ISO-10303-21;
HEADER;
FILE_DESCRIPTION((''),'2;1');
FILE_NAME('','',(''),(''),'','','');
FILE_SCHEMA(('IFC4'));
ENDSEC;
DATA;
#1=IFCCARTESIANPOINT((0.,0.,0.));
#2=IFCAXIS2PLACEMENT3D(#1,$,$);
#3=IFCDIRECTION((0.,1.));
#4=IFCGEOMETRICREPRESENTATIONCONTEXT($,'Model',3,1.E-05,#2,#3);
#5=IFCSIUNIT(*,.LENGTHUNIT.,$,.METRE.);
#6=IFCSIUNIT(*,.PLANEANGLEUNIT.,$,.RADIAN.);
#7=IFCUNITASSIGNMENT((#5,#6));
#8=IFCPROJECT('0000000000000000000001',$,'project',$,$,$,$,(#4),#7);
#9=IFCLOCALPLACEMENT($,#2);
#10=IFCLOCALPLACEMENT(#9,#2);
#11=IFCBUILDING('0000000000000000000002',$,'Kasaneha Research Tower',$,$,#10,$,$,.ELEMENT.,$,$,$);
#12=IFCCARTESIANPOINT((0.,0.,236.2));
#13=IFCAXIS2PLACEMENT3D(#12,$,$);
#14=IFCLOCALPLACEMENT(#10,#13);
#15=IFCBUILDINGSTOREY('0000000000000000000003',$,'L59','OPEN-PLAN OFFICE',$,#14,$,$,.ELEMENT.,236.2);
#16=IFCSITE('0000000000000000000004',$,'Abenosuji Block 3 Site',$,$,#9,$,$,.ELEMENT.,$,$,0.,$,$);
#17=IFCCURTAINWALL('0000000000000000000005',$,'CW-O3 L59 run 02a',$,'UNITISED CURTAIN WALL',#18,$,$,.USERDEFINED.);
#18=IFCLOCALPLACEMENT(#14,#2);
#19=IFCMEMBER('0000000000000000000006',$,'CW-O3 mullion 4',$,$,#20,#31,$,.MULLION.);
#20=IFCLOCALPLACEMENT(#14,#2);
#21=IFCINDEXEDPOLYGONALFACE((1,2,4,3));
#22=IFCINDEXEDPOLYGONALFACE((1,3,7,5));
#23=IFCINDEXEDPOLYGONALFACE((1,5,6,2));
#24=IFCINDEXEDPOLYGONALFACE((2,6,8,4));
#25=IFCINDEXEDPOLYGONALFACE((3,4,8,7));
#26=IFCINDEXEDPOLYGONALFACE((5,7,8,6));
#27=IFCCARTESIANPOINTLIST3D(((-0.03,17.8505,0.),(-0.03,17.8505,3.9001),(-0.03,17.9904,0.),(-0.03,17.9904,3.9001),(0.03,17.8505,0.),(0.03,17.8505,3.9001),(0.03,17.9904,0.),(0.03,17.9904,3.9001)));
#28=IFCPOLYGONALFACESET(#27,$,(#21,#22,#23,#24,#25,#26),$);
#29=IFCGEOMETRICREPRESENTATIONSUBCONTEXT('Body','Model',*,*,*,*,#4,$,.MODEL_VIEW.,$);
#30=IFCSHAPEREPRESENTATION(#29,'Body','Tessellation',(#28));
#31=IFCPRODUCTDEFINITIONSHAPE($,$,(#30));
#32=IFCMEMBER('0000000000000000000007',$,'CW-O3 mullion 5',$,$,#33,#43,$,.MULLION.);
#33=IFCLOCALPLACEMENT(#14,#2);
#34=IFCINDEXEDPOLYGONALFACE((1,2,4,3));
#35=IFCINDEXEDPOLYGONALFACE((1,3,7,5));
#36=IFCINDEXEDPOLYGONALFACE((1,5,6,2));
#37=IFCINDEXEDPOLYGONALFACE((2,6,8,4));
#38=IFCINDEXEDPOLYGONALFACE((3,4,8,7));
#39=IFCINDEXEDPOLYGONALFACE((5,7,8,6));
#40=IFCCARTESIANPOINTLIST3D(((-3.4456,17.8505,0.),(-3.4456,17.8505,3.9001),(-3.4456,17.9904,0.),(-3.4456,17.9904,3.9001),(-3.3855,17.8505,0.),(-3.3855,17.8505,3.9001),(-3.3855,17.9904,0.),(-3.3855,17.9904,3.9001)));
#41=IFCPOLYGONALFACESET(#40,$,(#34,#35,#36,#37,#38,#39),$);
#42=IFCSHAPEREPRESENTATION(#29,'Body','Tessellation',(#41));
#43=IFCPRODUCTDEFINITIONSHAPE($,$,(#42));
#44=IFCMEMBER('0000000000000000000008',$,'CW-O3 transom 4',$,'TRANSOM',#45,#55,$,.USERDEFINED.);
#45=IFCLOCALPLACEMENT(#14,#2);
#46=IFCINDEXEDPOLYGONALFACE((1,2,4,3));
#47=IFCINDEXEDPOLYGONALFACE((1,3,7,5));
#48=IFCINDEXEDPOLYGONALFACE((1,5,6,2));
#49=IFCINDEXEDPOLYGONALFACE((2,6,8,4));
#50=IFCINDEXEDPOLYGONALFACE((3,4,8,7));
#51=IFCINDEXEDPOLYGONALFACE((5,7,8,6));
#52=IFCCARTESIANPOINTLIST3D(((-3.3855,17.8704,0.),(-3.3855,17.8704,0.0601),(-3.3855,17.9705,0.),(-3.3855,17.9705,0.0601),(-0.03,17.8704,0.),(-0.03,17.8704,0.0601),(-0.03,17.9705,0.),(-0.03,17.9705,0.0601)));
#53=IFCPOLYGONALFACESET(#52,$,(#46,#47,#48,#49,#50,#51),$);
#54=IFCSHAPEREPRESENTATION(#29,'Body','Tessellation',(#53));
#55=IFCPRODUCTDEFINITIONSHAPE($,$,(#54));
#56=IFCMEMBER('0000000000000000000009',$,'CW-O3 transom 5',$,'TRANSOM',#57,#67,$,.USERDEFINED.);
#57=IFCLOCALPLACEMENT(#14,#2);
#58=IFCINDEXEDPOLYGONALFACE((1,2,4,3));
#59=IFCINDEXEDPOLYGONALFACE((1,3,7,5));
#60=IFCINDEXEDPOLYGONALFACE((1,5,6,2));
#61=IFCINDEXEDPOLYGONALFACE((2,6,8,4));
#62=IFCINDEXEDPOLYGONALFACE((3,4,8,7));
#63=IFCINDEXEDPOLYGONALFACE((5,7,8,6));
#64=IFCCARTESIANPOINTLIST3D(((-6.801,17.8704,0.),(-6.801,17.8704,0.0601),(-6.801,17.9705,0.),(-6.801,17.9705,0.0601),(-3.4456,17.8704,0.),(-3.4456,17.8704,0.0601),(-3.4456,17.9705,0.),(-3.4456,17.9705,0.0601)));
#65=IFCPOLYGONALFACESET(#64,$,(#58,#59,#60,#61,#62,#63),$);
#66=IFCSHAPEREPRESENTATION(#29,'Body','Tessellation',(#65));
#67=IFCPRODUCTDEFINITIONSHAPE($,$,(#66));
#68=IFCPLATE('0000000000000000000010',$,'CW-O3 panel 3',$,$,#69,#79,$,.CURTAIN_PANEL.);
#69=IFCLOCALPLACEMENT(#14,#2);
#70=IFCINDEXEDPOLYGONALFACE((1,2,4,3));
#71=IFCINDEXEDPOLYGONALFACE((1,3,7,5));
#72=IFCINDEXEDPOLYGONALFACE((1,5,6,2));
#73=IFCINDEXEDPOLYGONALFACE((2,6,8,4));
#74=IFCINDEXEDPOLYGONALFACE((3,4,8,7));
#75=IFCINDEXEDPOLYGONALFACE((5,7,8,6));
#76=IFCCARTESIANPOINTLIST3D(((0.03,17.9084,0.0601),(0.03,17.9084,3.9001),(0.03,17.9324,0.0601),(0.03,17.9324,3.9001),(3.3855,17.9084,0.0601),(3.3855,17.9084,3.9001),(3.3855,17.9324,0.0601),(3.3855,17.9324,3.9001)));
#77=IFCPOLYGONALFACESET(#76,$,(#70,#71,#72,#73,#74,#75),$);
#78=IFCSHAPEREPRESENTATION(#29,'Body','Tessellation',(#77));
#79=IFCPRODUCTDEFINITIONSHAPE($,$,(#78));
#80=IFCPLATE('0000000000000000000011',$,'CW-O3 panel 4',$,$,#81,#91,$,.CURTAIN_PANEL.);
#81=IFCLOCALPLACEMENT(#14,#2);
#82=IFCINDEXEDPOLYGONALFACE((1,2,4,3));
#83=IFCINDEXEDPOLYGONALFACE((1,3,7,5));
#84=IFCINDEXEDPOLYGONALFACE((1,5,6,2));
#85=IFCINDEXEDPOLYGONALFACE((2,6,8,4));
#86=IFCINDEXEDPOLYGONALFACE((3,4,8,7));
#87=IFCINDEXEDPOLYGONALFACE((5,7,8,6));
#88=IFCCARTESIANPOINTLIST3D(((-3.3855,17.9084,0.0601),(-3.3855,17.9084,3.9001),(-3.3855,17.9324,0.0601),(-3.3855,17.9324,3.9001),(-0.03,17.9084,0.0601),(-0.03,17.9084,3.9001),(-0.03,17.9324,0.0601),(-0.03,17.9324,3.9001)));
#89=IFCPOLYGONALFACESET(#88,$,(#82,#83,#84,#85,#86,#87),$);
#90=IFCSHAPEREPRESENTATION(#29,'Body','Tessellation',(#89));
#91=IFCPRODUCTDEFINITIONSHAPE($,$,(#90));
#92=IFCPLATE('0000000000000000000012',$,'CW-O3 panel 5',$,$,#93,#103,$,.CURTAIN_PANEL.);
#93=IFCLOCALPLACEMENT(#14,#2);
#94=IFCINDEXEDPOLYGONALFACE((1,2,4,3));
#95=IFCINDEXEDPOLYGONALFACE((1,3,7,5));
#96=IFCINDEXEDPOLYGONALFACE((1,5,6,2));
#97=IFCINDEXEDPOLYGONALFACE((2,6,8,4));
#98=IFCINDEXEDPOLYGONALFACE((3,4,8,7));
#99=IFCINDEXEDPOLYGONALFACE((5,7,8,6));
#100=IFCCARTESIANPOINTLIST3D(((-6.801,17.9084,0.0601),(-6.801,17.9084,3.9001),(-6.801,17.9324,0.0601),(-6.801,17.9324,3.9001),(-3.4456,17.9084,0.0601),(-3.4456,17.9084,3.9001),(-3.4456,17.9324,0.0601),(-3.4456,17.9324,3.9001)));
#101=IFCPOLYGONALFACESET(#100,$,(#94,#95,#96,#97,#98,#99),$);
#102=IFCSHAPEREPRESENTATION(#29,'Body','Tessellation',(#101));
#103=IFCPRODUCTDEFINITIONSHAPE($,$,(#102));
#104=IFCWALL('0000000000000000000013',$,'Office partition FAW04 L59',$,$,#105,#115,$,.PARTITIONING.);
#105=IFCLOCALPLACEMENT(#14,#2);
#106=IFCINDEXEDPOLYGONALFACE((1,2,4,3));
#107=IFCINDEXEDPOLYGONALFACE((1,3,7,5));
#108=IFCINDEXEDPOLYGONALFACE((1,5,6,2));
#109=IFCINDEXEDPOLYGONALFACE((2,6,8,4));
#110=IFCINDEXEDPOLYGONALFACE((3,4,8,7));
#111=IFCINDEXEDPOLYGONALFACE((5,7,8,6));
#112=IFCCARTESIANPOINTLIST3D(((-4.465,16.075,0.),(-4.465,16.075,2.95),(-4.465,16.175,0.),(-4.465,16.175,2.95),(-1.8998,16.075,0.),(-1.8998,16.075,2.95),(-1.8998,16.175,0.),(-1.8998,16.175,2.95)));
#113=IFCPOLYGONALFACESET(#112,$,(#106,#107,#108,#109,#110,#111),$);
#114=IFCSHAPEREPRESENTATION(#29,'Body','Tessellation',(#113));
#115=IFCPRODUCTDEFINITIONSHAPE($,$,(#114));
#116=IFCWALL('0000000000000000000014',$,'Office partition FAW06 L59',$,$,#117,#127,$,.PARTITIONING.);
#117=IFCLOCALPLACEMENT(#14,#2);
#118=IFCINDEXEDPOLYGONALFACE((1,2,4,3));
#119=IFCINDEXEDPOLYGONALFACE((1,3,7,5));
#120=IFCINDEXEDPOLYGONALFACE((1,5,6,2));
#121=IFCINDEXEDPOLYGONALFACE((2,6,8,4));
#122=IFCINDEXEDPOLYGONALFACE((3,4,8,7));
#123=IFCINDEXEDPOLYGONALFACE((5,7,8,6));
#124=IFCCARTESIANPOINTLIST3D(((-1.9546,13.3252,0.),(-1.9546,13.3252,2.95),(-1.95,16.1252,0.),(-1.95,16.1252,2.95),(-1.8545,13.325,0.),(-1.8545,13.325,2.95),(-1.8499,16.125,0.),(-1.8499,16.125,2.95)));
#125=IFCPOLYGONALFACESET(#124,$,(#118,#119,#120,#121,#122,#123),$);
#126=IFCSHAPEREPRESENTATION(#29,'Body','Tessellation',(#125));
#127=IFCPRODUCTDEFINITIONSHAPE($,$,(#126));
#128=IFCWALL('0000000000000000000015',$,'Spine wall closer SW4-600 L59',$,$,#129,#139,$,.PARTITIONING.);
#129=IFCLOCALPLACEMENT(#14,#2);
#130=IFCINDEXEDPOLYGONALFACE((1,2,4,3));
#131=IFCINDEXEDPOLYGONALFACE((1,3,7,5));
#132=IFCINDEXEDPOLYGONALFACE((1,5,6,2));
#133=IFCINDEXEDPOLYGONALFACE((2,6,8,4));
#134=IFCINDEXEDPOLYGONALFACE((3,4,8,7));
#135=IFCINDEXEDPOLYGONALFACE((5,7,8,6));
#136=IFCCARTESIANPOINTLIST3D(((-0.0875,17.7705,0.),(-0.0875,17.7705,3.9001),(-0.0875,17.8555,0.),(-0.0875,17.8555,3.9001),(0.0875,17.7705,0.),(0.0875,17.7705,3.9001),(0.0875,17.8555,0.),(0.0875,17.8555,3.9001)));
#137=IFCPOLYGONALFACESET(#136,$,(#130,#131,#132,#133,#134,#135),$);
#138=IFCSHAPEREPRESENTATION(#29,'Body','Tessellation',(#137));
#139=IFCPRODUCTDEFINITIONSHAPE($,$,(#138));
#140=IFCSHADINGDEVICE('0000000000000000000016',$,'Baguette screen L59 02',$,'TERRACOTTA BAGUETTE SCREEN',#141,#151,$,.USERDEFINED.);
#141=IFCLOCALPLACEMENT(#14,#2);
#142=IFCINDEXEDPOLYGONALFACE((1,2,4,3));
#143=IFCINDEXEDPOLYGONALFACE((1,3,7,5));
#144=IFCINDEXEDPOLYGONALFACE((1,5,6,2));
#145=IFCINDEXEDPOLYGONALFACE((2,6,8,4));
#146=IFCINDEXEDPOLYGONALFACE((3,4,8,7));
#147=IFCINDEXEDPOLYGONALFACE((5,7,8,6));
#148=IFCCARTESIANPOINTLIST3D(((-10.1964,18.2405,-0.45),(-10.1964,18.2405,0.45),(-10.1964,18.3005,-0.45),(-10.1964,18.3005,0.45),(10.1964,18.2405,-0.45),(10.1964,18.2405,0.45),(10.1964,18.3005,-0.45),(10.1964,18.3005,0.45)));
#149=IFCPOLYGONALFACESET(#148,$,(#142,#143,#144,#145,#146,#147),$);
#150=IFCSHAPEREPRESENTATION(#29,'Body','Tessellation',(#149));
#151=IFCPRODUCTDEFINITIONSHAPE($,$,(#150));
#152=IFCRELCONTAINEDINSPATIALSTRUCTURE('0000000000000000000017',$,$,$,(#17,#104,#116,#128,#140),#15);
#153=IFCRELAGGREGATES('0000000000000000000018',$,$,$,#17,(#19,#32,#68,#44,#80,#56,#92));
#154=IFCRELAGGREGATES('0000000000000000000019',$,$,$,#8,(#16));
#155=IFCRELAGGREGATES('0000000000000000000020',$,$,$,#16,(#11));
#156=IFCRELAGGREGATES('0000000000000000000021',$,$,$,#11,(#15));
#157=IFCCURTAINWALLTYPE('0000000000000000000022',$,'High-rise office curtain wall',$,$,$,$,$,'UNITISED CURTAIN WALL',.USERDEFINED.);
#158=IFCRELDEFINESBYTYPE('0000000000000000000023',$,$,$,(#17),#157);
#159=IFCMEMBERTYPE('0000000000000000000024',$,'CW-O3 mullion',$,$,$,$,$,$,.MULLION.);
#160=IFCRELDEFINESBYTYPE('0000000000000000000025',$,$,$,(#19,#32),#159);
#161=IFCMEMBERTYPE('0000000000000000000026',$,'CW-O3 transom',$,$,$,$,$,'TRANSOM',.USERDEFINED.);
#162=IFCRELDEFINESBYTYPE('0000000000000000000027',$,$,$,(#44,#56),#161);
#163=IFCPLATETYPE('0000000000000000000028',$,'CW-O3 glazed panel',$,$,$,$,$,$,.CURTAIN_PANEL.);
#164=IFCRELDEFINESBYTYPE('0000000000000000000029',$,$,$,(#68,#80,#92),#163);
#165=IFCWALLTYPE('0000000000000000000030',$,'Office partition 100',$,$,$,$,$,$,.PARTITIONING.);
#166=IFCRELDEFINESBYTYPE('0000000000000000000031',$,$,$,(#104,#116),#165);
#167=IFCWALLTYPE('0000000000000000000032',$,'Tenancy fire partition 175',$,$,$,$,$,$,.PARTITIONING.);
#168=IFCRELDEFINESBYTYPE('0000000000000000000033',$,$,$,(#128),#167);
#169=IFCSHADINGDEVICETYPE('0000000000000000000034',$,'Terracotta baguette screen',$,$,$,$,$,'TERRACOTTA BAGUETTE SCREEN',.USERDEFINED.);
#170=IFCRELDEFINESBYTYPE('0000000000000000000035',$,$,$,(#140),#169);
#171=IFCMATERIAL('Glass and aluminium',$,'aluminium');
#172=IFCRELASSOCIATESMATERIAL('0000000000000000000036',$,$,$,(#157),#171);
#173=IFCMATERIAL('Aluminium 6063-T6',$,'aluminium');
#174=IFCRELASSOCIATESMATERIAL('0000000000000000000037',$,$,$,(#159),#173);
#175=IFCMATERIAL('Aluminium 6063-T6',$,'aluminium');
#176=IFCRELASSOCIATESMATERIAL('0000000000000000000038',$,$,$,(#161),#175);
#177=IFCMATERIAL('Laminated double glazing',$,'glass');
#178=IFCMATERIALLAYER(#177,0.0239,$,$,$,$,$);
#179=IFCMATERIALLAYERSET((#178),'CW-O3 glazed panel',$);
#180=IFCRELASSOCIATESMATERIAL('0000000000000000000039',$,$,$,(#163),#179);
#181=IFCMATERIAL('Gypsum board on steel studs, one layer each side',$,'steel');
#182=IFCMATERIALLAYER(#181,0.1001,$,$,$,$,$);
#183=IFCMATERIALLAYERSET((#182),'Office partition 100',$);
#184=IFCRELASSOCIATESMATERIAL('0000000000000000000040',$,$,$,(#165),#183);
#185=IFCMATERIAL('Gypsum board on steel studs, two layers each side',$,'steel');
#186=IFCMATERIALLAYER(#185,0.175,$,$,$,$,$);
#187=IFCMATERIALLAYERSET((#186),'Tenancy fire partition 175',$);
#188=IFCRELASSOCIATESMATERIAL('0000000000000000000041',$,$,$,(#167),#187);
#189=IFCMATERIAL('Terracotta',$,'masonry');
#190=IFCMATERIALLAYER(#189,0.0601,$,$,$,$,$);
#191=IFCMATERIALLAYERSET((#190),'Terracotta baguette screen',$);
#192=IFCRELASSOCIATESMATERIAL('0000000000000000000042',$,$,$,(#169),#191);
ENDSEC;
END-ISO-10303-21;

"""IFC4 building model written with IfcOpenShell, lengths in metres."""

from ifc_helpers import new_model, si_unit, direction, frame, frame_2d, origin, origin_2d, place, context, subcontext, project, spatial, rectangle, extrude, material, layer, layer_set, material_profile, profile_set, type_object, element, aggregate, save


model = new_model("IFC4")

# Units and contexts
model_context = context("Model", 3, precision=1e-05, world=origin(), true_north=direction((0.0, 1.0)))
body_context = subcontext(model_context, "Body", "Model", "MODEL_VIEW")
ifc_project = project(units=[si_unit("LENGTHUNIT", "METRE"), si_unit("PLANEANGLEUNIT", "RADIAN")], contexts=[model_context])

# Site, building, storey
site_placement = place(None, origin())
site = spatial("IfcSite", under=ifc_project, at=site_placement, Name="Abenosuji Block 3 Site", CompositionType="ELEMENT", RefElevation=0.0)
building_placement = place(site_placement, origin())
building = spatial("IfcBuilding", under=site, at=building_placement, Name="Kasaneha Research Tower", CompositionType="ELEMENT")
storey_placement = place(building_placement, frame((0.0, 0.0, 236.2)))
storey = spatial("IfcBuildingStorey", under=building, at=storey_placement, Name="L59", Description="OPEN-PLAN OFFICE", CompositionType="ELEMENT", Elevation=236.2)

# Curtain wall, members, plates
ifc_material_1 = material(Name="Glass and aluminium", Category="aluminium")
curtain_wall_type = type_object("IfcCurtainWallType", Name="High-rise office curtain wall", ElementType="UNITISED CURTAIN WALL", PredefinedType="USERDEFINED", material=ifc_material_1)
curtain_wall_placement = place(storey_placement, origin())
curtain_wall = element("IfcCurtainWall", 1, at=curtain_wall_placement, inside=storey, type_object=curtain_wall_type, Name="CW-O3 L59 run 02a", ObjectType="UNITISED CURTAIN WALL", PredefinedType="USERDEFINED")
ifc_material_2 = material(Name="Aluminium 6063-T6", Category="aluminium")
ifc_material_profile_1 = material_profile(ifc_material_2, rectangle(XDim=0.0601, YDim=0.1399, at=origin_2d()), Name="CW-O3 mullion 60x140")
ifc_profile_set_1 = profile_set([ifc_material_profile_1], Name="Aluminium 6063-T6")
member_type_1 = type_object("IfcMemberType", Name="CW-O3 mullion", PredefinedType="MULLION", material=ifc_profile_set_1)
member_1_placement = place(storey_placement, frame((0.0, 17.9204, 0.0), z_axis=(0.0, 0.0, 1.0), x_axis=(-1.0, 0.0, 0.0)))
member_1 = element("IfcMember", 2, at=member_1_placement, type_object=member_type_1, Name="CW-O3 mullion 4", PredefinedType="MULLION", context=body_context, shape_type="SweptSolid", body=[
    extrude(rectangle(XDim=0.0601, YDim=0.1399, at=origin_2d()), origin(), (0.0, 0.0, 1.0), 3.9001),
])
member_2_placement = place(storey_placement, frame((-3.4155, 17.9204, 0.0), z_axis=(0.0, 0.0, 1.0), x_axis=(-1.0, 0.0, 0.0)))
member_2 = element("IfcMember", 3, at=member_2_placement, type_object=member_type_1, Name="CW-O3 mullion 5", PredefinedType="MULLION", context=body_context, shape_type="SweptSolid", body=[
    extrude(rectangle(XDim=0.0601, YDim=0.1399, at=origin_2d()), origin(), (0.0, 0.0, 1.0), 3.9001),
])
ifc_material_3 = material(Name="Aluminium 6063-T6", Category="aluminium")
ifc_material_profile_2 = material_profile(ifc_material_3, rectangle(XDim=0.1001, YDim=0.0601, at=origin_2d()), Name="CW-O3 transom 100x60")
ifc_profile_set_2 = profile_set([ifc_material_profile_2], Name="Aluminium 6063-T6")
member_type_2 = type_object("IfcMemberType", Name="CW-O3 transom", ElementType="TRANSOM", PredefinedType="USERDEFINED", material=ifc_profile_set_2)
member_3_placement = place(storey_placement, frame((-0.03, 17.9204, 0.03), z_axis=(-1.0, 0.0, 0.0), x_axis=(0.0, -1.0, 0.0)))
member_3 = element("IfcMember", 4, at=member_3_placement, type_object=member_type_2, Name="CW-O3 transom 4", ObjectType="TRANSOM", PredefinedType="USERDEFINED", context=body_context, shape_type="SweptSolid", body=[
    extrude(rectangle(XDim=0.1001, YDim=0.0601, at=origin_2d()), origin(), (0.0, 0.0, 1.0), 3.3555),
])
member_4_placement = place(storey_placement, frame((-3.4456, 17.9204, 0.03), z_axis=(-1.0, 0.0, 0.0), x_axis=(0.0, -1.0, 0.0)))
member_4 = element("IfcMember", 5, at=member_4_placement, type_object=member_type_2, Name="CW-O3 transom 5", ObjectType="TRANSOM", PredefinedType="USERDEFINED", context=body_context, shape_type="SweptSolid", body=[
    extrude(rectangle(XDim=0.1001, YDim=0.0601, at=origin_2d()), origin(), (0.0, 0.0, 1.0), 3.3555),
])
ifc_material_4 = material(Name="Laminated double glazing", Category="glass")
ifc_layer_1 = layer(ifc_material_4, 0.0239)
ifc_layer_set_1 = layer_set([ifc_layer_1], Name="CW-O3 glazed panel")
plate_type = type_object("IfcPlateType", Name="CW-O3 glazed panel", PredefinedType="CURTAIN_PANEL", material=ifc_layer_set_1)
plate_1_placement = place(storey_placement, frame((1.7078, 17.9204, 0.0601), z_axis=(0.0, 0.0, 1.0), x_axis=(-1.0, 0.0, 0.0)))
plate_1 = element("IfcPlate", 6, at=plate_1_placement, type_object=plate_type, Name="CW-O3 panel 3", PredefinedType="CURTAIN_PANEL", context=body_context, shape_type="SweptSolid", body=[
    extrude(rectangle(XDim=3.3555, YDim=0.0239, at=origin_2d()), origin(), (0.0, 0.0, 1.0), 3.8401),
])
plate_2_placement = place(storey_placement, frame((-1.7078, 17.9204, 0.0601), z_axis=(0.0, 0.0, 1.0), x_axis=(-1.0, 0.0, 0.0)))
plate_2 = element("IfcPlate", 7, at=plate_2_placement, type_object=plate_type, Name="CW-O3 panel 4", PredefinedType="CURTAIN_PANEL", context=body_context, shape_type="SweptSolid", body=[
    extrude(rectangle(XDim=3.3555, YDim=0.0239, at=origin_2d()), origin(), (0.0, 0.0, 1.0), 3.8401),
])
plate_3_placement = place(storey_placement, frame((-5.1233, 17.9204, 0.0601), z_axis=(0.0, 0.0, 1.0), x_axis=(-1.0, 0.0, 0.0)))
plate_3 = element("IfcPlate", 8, at=plate_3_placement, type_object=plate_type, Name="CW-O3 panel 5", PredefinedType="CURTAIN_PANEL", context=body_context, shape_type="SweptSolid", body=[
    extrude(rectangle(XDim=3.3555, YDim=0.0239, at=origin_2d()), origin(), (0.0, 0.0, 1.0), 3.8401),
])
aggregate(curtain_wall, [member_1, member_2, plate_1, member_3, plate_2, member_4, plate_3])

# Walls
ifc_material_5 = material(Name="Gypsum board on steel studs, one layer each side", Category="steel")
ifc_layer_2 = layer(ifc_material_5, 0.1001)
ifc_layer_set_2 = layer_set([ifc_layer_2], Name="Office partition 100")
wall_type_1 = type_object("IfcWallType", Name="Office partition 100", PredefinedType="PARTITIONING", material=ifc_layer_set_2)
wall_1_placement = place(storey_placement, frame((-4.4651, 16.125, 0.0), z_axis=(0.0, 0.0, 1.0), x_axis=(1.0, 0.0, 0.0)))
element("IfcWall", 9, at=wall_1_placement, inside=storey, type_object=wall_type_1, Name="Office partition FAW04 L59", PredefinedType="PARTITIONING", context=body_context, shape_type="SweptSolid", body=[
    extrude(rectangle(XDim=2.5652, YDim=0.1001, at=frame_2d((1.2827, 0.0))), origin(), (0.0, 0.0, 1.0), 2.95),
])
wall_2_placement = place(storey_placement, frame((-1.8999, 16.125, 0.0), z_axis=(0.0, 0.0, 1.0), x_axis=(-0.001657, -0.999999, 0.0)))
element("IfcWall", 10, at=wall_2_placement, inside=storey, type_object=wall_type_1, Name="Office partition FAW06 L59", PredefinedType="PARTITIONING", context=body_context, shape_type="SweptSolid", body=[
    extrude(rectangle(XDim=2.8, YDim=0.1001, at=frame_2d((1.3999, 0.0))), origin(), (0.0, 0.0, 1.0), 2.95),
])
ifc_material_6 = material(Name="Gypsum board on steel studs, two layers each side", Category="steel")
ifc_layer_3 = layer(ifc_material_6, 0.175)
ifc_layer_set_3 = layer_set([ifc_layer_3], Name="Tenancy fire partition 175")
wall_type_2 = type_object("IfcWallType", Name="Tenancy fire partition 175", PredefinedType="PARTITIONING", material=ifc_layer_set_3)
wall_3_placement = place(storey_placement, frame((0.0, 17.7705, 0.0), z_axis=(0.0, 0.0, 1.0), x_axis=(0.0, 1.0, 0.0)))
element("IfcWall", 11, at=wall_3_placement, inside=storey, type_object=wall_type_2, Name="Spine wall closer SW4-600 L59", PredefinedType="PARTITIONING", context=body_context, shape_type="SweptSolid", body=[
    extrude(rectangle(XDim=0.085, YDim=0.175, at=frame_2d((0.0425, 0.0))), origin(), (0.0, 0.0, 1.0), 3.9001),
])

# Shading device
ifc_material_7 = material(Name="Terracotta", Category="masonry")
ifc_layer_4 = layer(ifc_material_7, 0.0601)
ifc_layer_set_4 = layer_set([ifc_layer_4], Name="Terracotta baguette screen")
shading_device_type = type_object("IfcShadingDeviceType", Name="Terracotta baguette screen", ElementType="TERRACOTTA BAGUETTE SCREEN", PredefinedType="USERDEFINED", material=ifc_layer_set_4)
shading_device_placement = place(storey_placement, frame((0.0, 18.2705, -0.45), z_axis=(0.0, 0.0, 1.0), x_axis=(-1.0, 0.0, 0.0)))
element("IfcShadingDevice", 12, at=shading_device_placement, inside=storey, type_object=shading_device_type, Name="Baguette screen L59 02", ObjectType="TERRACOTTA BAGUETTE SCREEN", PredefinedType="USERDEFINED", context=body_context, shape_type="SweptSolid", body=[
    extrude(rectangle(XDim=20.3928, YDim=0.0601, at=origin_2d()), origin(), (0.0, 0.0, 1.0), 0.8999),
])

save(model, "model.ifc")
